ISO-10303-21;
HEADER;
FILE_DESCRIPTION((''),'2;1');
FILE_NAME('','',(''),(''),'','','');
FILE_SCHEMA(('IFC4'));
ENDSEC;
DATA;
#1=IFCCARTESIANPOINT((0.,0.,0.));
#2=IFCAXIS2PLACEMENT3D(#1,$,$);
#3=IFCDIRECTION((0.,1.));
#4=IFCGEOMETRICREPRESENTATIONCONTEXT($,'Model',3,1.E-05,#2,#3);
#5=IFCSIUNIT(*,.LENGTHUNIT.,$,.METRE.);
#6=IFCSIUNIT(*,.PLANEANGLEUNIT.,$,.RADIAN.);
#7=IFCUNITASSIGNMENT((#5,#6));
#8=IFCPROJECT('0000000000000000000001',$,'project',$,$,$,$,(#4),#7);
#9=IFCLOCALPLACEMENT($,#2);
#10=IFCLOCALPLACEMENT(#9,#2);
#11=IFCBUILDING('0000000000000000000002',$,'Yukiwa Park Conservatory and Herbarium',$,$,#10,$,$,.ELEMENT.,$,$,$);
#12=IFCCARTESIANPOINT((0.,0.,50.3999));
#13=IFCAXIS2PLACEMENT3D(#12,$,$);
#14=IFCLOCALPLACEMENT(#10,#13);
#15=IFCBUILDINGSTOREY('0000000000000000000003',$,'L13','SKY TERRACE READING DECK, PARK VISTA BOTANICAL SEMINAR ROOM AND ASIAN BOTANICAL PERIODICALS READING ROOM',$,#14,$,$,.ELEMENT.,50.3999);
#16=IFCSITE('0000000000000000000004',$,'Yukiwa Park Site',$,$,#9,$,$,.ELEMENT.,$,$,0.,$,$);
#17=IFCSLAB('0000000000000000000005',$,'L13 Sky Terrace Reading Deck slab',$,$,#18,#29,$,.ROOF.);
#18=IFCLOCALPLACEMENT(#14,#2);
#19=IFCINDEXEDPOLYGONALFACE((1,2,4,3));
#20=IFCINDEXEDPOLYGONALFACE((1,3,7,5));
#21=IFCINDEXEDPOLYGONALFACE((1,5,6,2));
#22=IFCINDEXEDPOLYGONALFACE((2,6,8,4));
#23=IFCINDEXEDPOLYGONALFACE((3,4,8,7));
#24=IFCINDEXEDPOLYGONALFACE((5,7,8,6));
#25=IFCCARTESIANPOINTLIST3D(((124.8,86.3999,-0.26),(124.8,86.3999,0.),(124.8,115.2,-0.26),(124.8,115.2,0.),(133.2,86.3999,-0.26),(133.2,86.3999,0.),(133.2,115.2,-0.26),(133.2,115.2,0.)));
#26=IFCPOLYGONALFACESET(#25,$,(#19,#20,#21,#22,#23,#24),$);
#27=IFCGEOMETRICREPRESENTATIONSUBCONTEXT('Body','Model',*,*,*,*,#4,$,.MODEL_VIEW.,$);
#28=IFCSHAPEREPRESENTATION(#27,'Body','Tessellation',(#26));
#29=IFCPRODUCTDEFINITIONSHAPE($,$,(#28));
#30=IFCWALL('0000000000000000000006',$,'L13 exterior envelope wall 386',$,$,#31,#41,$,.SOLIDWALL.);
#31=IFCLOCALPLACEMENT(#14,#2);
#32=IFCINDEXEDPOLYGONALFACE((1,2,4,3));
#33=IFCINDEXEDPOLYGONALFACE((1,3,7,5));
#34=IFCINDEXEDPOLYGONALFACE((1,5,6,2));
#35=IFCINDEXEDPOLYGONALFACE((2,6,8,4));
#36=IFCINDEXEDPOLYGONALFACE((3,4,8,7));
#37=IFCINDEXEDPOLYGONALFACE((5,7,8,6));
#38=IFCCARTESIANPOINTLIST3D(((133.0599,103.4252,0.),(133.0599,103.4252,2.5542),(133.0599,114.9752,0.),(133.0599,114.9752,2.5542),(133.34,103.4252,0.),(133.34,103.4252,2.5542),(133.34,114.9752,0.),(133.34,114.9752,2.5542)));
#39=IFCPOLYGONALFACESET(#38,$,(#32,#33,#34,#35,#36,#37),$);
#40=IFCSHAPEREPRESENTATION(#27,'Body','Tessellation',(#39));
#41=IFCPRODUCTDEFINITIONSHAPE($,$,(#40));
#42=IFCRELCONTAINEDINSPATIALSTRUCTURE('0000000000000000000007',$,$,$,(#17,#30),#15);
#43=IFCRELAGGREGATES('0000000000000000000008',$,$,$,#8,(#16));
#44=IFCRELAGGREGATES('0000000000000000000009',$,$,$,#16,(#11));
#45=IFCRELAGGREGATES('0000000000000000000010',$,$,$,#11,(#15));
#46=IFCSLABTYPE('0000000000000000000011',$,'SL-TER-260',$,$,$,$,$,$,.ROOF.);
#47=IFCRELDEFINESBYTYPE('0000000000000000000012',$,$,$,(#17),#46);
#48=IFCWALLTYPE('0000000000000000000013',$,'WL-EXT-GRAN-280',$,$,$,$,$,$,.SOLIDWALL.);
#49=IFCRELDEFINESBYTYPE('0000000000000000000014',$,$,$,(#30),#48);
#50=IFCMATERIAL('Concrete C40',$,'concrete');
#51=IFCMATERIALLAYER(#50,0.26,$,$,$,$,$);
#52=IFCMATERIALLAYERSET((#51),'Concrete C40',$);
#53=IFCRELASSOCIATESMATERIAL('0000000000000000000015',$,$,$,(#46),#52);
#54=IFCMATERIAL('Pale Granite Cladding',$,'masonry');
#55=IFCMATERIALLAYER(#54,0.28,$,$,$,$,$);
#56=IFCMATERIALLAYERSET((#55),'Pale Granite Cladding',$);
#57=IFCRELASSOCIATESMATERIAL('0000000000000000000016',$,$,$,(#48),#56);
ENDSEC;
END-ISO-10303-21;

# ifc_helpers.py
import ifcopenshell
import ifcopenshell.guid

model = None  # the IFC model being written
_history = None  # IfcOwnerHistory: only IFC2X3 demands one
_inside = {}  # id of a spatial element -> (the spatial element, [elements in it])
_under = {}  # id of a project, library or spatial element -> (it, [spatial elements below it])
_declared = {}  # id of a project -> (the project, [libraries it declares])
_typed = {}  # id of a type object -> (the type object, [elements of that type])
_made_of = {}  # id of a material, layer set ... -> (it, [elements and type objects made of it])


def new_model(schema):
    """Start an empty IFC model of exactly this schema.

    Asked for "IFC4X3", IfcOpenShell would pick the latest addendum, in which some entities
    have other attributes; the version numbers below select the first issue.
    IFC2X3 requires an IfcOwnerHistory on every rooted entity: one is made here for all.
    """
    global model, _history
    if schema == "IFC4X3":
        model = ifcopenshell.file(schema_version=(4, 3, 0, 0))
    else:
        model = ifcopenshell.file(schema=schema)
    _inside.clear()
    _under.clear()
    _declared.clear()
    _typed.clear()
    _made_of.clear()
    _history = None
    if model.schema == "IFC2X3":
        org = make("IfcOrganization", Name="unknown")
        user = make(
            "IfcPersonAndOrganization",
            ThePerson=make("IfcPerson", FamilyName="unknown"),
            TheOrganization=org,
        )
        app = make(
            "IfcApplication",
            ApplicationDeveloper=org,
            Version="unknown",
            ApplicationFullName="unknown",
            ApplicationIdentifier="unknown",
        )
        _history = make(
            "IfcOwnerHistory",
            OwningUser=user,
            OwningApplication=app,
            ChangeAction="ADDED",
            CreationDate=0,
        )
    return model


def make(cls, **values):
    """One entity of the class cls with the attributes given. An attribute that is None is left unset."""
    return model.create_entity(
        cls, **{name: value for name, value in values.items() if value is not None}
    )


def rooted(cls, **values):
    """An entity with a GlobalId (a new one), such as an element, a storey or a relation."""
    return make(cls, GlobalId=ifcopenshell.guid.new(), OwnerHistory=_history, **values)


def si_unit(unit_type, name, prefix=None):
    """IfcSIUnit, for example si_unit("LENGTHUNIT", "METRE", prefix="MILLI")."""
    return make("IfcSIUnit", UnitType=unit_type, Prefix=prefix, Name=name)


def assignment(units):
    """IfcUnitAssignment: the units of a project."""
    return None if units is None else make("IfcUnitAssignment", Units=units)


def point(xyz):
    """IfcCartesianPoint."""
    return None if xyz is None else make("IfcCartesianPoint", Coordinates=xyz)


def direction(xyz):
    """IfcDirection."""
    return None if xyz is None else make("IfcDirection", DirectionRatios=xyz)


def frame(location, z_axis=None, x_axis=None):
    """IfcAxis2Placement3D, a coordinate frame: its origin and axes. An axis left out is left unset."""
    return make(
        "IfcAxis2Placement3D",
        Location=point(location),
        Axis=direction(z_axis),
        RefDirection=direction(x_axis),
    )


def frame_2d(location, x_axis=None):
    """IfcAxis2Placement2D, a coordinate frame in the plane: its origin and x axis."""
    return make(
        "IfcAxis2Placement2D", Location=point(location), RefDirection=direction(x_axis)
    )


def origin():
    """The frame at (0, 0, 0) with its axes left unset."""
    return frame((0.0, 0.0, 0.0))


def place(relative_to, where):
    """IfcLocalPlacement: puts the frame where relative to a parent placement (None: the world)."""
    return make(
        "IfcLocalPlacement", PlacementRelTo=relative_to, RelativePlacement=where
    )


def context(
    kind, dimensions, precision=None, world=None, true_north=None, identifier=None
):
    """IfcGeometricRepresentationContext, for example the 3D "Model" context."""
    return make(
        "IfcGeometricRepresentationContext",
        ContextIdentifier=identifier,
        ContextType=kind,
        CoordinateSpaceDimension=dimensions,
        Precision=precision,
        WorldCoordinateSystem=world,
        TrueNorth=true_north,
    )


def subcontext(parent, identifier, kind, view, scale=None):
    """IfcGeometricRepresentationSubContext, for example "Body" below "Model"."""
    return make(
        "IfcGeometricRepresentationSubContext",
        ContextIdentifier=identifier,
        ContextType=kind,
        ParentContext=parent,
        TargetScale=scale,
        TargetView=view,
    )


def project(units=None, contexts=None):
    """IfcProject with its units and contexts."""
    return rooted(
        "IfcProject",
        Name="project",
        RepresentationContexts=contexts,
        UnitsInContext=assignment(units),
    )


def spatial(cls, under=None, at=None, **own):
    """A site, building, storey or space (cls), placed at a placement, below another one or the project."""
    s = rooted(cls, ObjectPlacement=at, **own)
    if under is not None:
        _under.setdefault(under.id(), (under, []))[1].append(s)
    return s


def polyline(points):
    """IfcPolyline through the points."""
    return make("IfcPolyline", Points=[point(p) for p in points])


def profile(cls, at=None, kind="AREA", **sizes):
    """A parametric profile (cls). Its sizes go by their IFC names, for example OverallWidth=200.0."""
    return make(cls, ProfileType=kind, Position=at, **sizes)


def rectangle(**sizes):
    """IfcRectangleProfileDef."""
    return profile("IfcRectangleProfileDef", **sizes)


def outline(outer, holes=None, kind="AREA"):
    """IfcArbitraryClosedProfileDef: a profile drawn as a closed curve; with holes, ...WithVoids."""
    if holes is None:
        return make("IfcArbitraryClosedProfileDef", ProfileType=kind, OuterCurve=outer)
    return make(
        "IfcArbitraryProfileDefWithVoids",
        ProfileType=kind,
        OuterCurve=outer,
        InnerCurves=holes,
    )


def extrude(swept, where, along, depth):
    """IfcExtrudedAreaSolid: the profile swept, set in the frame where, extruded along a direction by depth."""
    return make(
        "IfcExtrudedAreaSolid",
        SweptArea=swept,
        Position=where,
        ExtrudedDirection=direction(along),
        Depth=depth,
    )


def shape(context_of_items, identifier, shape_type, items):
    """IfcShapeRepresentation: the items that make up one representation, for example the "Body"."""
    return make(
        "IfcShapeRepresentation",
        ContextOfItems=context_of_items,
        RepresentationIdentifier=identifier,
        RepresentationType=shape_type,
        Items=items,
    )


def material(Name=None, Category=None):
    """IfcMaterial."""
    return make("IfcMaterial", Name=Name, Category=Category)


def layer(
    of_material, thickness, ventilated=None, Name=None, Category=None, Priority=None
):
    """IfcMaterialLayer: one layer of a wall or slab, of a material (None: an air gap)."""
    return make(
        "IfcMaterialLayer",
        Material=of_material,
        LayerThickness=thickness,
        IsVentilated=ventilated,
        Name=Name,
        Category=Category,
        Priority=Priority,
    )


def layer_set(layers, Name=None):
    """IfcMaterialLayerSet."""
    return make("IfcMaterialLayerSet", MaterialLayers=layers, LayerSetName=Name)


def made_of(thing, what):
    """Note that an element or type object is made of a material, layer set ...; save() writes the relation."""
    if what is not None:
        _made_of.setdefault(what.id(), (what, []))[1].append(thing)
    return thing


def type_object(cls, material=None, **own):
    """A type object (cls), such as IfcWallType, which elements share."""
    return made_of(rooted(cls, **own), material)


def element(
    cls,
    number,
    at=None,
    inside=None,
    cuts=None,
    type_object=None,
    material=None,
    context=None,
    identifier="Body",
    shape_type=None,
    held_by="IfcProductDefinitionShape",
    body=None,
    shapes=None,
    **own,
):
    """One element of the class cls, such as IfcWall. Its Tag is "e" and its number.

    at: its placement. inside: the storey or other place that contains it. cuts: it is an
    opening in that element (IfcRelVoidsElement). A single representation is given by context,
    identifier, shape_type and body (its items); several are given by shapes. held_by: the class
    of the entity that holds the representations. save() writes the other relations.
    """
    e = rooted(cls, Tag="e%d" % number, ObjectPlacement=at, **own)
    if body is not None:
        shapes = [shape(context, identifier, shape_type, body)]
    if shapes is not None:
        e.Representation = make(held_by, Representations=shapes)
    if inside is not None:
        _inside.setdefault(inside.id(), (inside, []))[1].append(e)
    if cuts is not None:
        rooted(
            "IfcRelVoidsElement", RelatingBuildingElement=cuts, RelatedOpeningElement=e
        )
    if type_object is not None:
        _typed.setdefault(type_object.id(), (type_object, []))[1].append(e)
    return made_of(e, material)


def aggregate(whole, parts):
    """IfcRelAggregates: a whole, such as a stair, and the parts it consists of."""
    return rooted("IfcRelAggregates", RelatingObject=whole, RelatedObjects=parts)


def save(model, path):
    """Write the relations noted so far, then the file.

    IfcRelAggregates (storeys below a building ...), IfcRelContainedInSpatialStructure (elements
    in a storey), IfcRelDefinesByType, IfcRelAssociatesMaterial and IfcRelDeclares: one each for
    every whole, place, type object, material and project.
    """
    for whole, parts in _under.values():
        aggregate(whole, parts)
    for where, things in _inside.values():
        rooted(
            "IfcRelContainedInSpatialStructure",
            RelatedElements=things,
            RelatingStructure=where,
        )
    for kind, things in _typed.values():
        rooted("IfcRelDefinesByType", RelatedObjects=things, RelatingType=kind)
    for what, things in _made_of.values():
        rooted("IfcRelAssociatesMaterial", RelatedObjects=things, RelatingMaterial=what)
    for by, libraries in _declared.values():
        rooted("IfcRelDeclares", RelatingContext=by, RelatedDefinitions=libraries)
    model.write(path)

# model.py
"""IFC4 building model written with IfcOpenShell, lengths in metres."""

from ifc_helpers import new_model, si_unit, direction, frame, frame_2d, origin, place, context, subcontext, project, spatial, polyline, rectangle, outline, extrude, material, layer, layer_set, type_object, element, save


model = new_model("IFC4")

# Units and contexts
model_context = context("Model", 3, precision=1e-05, world=origin(), true_north=direction((0.0, 1.0)))
body_context = subcontext(model_context, "Body", "Model", "MODEL_VIEW")
ifc_project = project(units=[si_unit("LENGTHUNIT", "METRE"), si_unit("PLANEANGLEUNIT", "RADIAN")], contexts=[model_context])

# Site, building, storey
site_placement = place(None, origin())
site = spatial("IfcSite", under=ifc_project, at=site_placement, Name="Yukiwa Park Site", CompositionType="ELEMENT", RefElevation=0.0)
building_placement = place(site_placement, origin())
building = spatial("IfcBuilding", under=site, at=building_placement, Name="Yukiwa Park Conservatory and Herbarium", CompositionType="ELEMENT")
storey_placement = place(building_placement, frame((0.0, 0.0, 50.3999)))
storey = spatial("IfcBuildingStorey", under=building, at=storey_placement, Name="L13", Description="SKY TERRACE READING DECK, PARK VISTA BOTANICAL SEMINAR ROOM AND ASIAN BOTANICAL PERIODICALS READING ROOM", CompositionType="ELEMENT", Elevation=50.3999)

# Slab
ifc_material_1 = material(Name="Concrete C40", Category="concrete")
ifc_layer_1 = layer(ifc_material_1, 0.26)
ifc_layer_set_1 = layer_set([ifc_layer_1], Name="Concrete C40")
slab_type_1 = type_object("IfcSlabType", Name="SL-TER-260", PredefinedType="ROOF", material=ifc_layer_set_1)
slab_1_placement = place(storey_placement, frame((0.0, 0.0, -0.26)))
element("IfcSlab", 1, at=slab_1_placement, inside=storey, type_object=slab_type_1, Name="L13 Sky Terrace Reading Deck slab", PredefinedType="ROOF", context=body_context, shape_type="SweptSolid", body=[
    extrude(outline(polyline([(124.8, 86.3999), (124.8, 115.2), (133.2, 115.2), (133.2, 86.3999), (124.8, 86.3999)])), origin(), (0.0, 0.0, 1.0), 0.26),
])

# Wall
ifc_material_2 = material(Name="Pale Granite Cladding", Category="masonry")
ifc_layer_2 = layer(ifc_material_2, 0.28)
ifc_layer_set_2 = layer_set([ifc_layer_2], Name="Pale Granite Cladding")
wall_type = type_object("IfcWallType", Name="WL-EXT-GRAN-280", PredefinedType="SOLIDWALL", material=ifc_layer_set_2)
wall_placement = place(storey_placement, frame((133.2, 114.9751, 0.0), z_axis=(0.0, 0.0, 1.0), x_axis=(0.0, -1.0, 0.0)))
element("IfcWall", 2, at=wall_placement, inside=storey, type_object=wall_type, Name="L13 exterior envelope wall 386", PredefinedType="SOLIDWALL", context=body_context, shape_type="SweptSolid", body=[
    extrude(rectangle(XDim=11.55, YDim=0.28, at=frame_2d((5.7749, 0.0))), origin(), (0.0, 0.0, 1.0), 2.5542),
])

save(model, "model.ifc")
